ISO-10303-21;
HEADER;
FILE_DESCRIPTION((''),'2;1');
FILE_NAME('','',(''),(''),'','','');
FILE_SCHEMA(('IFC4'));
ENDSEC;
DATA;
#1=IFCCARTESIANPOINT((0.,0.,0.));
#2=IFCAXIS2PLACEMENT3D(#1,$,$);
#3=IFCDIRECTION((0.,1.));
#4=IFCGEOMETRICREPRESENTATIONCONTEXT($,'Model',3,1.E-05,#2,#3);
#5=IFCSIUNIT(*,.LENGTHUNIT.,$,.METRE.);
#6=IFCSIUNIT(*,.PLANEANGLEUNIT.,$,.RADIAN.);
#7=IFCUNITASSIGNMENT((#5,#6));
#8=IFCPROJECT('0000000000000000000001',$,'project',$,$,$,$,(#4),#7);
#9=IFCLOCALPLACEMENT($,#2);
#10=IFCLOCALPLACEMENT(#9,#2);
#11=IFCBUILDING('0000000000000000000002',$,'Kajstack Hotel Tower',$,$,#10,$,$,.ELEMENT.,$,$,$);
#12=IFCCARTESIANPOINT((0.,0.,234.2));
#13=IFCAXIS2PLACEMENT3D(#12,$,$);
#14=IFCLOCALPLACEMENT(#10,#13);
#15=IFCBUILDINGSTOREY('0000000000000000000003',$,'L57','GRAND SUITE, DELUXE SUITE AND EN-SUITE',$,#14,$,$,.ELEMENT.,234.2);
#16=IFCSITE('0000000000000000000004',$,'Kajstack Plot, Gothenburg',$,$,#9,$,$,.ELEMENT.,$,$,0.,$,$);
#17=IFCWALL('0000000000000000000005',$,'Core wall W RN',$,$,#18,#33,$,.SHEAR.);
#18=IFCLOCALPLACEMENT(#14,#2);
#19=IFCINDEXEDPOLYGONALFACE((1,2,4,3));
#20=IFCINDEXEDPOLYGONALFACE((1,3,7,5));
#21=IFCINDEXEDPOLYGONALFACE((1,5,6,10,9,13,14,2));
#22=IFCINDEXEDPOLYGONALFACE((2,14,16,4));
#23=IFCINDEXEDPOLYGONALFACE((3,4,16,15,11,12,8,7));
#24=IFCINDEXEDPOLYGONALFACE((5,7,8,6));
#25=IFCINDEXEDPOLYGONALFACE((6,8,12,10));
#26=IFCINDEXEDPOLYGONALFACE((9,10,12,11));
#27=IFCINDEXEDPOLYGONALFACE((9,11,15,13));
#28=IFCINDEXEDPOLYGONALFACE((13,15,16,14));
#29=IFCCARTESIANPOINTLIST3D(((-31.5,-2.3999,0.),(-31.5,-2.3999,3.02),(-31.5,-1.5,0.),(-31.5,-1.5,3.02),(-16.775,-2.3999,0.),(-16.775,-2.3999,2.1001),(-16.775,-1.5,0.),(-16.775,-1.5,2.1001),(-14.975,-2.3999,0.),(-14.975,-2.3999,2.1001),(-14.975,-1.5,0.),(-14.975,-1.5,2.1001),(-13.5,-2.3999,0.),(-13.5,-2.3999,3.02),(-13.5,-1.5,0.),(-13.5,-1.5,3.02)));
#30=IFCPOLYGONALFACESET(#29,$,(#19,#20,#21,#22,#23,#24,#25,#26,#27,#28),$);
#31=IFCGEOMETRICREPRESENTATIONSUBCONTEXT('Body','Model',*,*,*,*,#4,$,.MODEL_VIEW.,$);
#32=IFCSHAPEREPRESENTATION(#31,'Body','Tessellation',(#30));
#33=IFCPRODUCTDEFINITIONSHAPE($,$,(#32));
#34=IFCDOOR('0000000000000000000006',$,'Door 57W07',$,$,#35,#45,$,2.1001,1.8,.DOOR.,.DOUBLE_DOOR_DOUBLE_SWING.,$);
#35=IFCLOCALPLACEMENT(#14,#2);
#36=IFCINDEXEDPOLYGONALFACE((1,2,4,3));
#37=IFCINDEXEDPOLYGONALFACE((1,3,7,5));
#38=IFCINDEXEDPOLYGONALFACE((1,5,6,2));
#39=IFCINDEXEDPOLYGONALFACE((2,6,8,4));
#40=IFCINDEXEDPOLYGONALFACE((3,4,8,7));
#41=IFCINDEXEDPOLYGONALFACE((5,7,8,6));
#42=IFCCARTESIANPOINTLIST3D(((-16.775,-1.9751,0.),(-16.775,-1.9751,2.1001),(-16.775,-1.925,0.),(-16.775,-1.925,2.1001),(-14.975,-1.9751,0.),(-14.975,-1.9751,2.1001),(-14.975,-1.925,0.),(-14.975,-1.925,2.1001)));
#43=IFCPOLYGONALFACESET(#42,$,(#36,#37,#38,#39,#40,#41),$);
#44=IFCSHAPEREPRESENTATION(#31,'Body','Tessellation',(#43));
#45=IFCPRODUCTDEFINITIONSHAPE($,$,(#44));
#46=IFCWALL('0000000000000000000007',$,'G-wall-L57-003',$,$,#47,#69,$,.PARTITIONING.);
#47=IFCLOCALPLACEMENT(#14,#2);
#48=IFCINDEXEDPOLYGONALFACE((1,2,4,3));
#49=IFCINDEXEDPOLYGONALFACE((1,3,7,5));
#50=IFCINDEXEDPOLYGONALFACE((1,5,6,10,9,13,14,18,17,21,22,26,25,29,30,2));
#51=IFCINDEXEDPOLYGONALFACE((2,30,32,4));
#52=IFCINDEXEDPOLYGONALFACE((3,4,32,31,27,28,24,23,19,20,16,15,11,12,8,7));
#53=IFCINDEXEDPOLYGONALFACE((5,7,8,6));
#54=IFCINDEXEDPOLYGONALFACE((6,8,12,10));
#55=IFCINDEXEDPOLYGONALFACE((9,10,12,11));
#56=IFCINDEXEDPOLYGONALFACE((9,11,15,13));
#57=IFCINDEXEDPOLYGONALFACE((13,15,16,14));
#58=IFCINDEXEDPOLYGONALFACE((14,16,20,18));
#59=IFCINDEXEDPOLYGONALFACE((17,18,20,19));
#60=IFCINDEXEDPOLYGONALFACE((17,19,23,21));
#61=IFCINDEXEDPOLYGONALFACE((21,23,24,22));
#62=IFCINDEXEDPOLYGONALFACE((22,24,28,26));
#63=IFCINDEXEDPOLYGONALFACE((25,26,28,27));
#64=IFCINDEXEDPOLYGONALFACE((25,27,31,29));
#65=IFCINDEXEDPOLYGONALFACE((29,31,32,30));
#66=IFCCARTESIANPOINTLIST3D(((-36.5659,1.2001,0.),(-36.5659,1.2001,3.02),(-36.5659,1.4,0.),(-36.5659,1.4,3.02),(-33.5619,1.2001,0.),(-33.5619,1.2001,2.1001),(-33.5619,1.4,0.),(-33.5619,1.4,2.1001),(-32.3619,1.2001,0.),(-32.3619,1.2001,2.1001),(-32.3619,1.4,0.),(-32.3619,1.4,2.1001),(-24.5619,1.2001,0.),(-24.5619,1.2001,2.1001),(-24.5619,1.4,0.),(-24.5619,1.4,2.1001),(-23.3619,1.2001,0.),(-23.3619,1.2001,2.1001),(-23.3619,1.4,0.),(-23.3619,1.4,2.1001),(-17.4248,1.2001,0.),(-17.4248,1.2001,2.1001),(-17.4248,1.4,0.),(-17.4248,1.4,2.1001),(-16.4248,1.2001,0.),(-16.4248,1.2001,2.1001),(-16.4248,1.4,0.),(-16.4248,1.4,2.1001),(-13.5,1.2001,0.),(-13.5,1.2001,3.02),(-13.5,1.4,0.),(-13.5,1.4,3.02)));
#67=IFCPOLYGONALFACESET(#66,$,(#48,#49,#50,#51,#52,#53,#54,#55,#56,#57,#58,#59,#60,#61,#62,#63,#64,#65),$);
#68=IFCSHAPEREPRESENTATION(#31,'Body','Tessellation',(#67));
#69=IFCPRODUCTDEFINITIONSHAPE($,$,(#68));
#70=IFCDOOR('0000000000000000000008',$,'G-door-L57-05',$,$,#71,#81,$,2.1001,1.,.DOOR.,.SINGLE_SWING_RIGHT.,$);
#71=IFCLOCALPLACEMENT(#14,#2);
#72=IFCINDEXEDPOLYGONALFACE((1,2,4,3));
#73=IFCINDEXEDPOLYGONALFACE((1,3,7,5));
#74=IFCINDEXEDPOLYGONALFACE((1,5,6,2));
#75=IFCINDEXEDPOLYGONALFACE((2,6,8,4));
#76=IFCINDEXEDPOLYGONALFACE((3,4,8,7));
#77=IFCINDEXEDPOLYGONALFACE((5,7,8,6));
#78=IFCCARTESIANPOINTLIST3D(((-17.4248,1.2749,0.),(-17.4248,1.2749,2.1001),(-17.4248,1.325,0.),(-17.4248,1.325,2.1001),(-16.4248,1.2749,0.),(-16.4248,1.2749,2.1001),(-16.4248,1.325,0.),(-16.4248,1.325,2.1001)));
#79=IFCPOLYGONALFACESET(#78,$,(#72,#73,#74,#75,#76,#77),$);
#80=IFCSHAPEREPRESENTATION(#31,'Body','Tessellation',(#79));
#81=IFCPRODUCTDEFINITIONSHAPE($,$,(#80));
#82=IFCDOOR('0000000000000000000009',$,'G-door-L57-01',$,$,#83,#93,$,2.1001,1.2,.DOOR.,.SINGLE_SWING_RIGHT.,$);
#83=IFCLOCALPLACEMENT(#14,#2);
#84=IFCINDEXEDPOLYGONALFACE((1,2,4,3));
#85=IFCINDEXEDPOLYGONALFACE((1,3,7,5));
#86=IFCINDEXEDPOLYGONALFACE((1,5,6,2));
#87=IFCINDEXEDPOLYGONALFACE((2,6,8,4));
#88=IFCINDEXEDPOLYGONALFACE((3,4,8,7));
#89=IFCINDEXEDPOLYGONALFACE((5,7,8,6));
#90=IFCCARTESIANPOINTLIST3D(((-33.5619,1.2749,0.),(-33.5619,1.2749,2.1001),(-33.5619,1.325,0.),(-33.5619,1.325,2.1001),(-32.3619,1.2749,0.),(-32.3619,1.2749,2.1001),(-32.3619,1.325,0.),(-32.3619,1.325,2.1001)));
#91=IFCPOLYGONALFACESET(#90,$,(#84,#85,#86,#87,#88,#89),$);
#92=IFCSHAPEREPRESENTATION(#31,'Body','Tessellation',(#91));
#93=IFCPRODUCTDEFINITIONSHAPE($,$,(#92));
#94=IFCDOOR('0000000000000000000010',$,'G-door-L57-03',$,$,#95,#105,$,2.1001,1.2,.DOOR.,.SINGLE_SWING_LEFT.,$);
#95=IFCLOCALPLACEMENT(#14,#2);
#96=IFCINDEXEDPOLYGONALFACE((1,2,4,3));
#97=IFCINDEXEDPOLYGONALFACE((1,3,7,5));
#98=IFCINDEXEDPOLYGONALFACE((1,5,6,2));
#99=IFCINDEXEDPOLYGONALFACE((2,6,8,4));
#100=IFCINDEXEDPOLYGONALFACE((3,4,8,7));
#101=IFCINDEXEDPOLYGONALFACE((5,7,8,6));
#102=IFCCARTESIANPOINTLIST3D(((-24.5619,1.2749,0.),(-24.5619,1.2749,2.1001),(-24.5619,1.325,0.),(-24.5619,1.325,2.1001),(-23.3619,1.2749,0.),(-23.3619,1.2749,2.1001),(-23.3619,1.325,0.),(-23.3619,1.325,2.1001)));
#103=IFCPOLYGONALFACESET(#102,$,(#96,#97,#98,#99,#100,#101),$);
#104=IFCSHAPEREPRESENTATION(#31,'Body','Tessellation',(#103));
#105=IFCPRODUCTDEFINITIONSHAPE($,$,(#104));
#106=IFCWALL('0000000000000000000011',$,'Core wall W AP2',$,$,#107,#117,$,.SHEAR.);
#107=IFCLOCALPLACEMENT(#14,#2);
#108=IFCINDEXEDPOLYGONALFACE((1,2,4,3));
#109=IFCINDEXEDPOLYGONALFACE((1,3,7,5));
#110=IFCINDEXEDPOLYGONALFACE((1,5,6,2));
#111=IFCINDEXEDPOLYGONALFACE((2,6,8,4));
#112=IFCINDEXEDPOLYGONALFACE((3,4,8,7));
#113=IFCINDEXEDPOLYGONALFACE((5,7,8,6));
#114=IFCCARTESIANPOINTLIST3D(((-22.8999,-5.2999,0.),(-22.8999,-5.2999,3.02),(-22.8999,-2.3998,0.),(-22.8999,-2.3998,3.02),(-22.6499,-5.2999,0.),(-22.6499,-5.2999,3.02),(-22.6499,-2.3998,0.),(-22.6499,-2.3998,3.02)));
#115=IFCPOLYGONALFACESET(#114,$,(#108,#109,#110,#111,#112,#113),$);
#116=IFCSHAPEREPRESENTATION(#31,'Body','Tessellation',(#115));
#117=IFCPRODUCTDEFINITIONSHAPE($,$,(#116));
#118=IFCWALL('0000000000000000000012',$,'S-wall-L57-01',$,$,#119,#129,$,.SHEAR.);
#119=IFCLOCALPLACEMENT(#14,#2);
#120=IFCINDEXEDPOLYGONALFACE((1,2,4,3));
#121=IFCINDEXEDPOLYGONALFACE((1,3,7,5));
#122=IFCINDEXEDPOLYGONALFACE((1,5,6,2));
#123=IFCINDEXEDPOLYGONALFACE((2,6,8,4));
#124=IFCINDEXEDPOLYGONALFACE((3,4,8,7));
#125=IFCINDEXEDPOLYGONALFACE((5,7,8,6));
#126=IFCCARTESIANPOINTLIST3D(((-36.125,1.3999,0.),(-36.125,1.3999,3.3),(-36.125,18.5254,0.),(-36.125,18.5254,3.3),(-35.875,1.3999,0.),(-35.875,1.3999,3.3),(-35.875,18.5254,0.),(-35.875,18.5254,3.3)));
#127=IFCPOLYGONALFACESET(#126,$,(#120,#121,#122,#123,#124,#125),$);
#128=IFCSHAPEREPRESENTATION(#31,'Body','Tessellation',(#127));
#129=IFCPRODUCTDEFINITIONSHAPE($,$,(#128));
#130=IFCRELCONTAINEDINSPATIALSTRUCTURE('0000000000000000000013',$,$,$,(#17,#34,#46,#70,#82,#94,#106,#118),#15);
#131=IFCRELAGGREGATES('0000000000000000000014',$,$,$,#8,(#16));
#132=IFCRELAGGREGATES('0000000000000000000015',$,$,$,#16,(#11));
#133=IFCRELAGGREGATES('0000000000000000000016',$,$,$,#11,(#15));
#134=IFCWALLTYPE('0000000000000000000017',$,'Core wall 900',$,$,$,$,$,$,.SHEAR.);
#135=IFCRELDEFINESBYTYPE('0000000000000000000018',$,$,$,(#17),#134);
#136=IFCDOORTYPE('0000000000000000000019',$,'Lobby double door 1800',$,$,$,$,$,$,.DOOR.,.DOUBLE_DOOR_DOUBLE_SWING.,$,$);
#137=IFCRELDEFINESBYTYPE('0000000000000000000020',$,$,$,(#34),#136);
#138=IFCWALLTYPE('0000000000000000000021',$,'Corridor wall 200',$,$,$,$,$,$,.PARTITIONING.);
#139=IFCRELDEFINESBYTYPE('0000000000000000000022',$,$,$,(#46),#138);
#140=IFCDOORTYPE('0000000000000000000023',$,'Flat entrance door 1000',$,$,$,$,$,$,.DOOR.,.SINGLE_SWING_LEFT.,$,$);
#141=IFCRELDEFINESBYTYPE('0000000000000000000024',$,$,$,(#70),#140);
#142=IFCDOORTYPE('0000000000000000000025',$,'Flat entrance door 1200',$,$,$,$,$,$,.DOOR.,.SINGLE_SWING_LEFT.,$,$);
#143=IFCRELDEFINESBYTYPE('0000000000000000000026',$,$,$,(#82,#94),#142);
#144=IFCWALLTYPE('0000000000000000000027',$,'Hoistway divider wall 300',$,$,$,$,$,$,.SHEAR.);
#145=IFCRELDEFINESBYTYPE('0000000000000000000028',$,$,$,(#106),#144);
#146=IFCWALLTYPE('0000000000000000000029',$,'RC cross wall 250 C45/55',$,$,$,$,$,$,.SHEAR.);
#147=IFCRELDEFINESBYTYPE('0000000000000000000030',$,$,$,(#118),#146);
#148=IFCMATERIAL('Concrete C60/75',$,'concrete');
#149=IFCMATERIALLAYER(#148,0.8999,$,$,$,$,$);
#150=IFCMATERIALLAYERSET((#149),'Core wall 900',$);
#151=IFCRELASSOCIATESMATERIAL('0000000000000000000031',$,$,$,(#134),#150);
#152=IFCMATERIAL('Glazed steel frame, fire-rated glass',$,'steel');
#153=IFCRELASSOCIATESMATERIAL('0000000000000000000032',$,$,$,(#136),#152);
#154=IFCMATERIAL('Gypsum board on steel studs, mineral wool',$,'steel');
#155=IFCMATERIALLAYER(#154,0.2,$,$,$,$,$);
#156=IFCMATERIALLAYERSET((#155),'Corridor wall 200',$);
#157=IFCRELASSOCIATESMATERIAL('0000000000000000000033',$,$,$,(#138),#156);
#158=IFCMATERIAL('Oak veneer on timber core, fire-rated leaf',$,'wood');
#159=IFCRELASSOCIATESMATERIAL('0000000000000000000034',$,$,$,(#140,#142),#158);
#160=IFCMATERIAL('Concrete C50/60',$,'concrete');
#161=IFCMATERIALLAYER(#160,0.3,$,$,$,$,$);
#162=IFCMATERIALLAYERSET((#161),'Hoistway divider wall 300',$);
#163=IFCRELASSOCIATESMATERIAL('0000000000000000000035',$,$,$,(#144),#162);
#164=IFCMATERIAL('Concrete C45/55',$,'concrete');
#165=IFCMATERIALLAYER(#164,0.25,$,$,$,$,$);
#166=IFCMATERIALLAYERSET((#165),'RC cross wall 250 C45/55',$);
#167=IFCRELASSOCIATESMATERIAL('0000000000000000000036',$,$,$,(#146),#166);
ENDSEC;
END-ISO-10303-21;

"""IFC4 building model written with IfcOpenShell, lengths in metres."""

from ifc_helpers import new_model, si_unit, direction, frame, frame_2d, origin, place, context, subcontext, project, spatial, rectangle, extrude, material, layer, layer_set, type_object, element, fill, save


model = new_model("IFC4")

# Units and contexts
model_context = context("Model", 3, precision=1e-05, world=origin(), true_north=direction((0.0, 1.0)))
body_context = subcontext(model_context, "Body", "Model", "MODEL_VIEW")
ifc_project = project(units=[si_unit("LENGTHUNIT", "METRE"), si_unit("PLANEANGLEUNIT", "RADIAN")], contexts=[model_context])

# Site, building, storey
site_placement = place(None, origin())
site = spatial("IfcSite", under=ifc_project, at=site_placement, Name="Kajstack Plot, Gothenburg", CompositionType="ELEMENT", RefElevation=0.0)
building_placement = place(site_placement, origin())
building = spatial("IfcBuilding", under=site, at=building_placement, Name="Kajstack Hotel Tower", CompositionType="ELEMENT")
storey_placement = place(building_placement, frame((0.0, 0.0, 234.2)))
storey = spatial("IfcBuildingStorey", under=building, at=storey_placement, Name="L57", Description="GRAND SUITE, DELUXE SUITE AND EN-SUITE", CompositionType="ELEMENT", Elevation=234.2)

# Wall, opening, door
ifc_material_1 = material(Name="Concrete C60/75", Category="concrete")
ifc_layer_1 = layer(ifc_material_1, 0.8999)
ifc_layer_set_1 = layer_set([ifc_layer_1], Name="Core wall 900")
wall_type_1 = type_object("IfcWallType", Name="Core wall 900", PredefinedType="SHEAR", material=ifc_layer_set_1)
wall_1_placement = place(storey_placement, frame((-31.5, -1.95, 0.0), z_axis=(0.0, 0.0, 1.0), x_axis=(1.0, 0.0, 0.0)))
wall_1 = element("IfcWall", 1, at=wall_1_placement, inside=storey, type_object=wall_type_1, Name="Core wall W RN", PredefinedType="SHEAR", context=body_context, shape_type="SweptSolid", body=[
    extrude(rectangle(XDim=18.0, YDim=0.8999, at=frame_2d((9.0, 0.0))), origin(), (0.0, 0.0, 1.0), 3.02),
])
opening_1_placement = place(wall_1_placement, frame((14.7251, 0.0, 0.0)))
opening_1 = element("IfcOpeningElement", 2, at=opening_1_placement, cuts=wall_1, PredefinedType="OPENING", context=body_context, shape_type="SweptSolid", body=[
    extrude(rectangle(XDim=1.8, YDim=2.1001, at=frame_2d((0.8999, 1.05))), frame((0.0, 0.46, 0.0), z_axis=(0.0, -1.0, 0.0), x_axis=(1.0, 0.0, 0.0)), (0.0, 0.0, 1.0), 0.9199),
])
ifc_material_2 = material(Name="Glazed steel frame, fire-rated glass", Category="steel")
door_type_1 = type_object("IfcDoorType", Name="Lobby double door 1800", OperationType="DOUBLE_DOOR_DOUBLE_SWING", PredefinedType="DOOR", material=ifc_material_2)
door_1_placement = place(opening_1_placement, origin())
door_1 = element("IfcDoor", 3, at=door_1_placement, inside=storey, type_object=door_type_1, Name="Door 57W07", OperationType="DOUBLE_DOOR_DOUBLE_SWING", OverallHeight=2.1001, OverallWidth=1.8, PredefinedType="DOOR", context=body_context, shape_type="SweptSolid", body=[
    extrude(rectangle(XDim=1.8, YDim=2.1001, at=frame_2d((0.8999, 1.05))), frame((0.0, 0.0249, 0.0), z_axis=(0.0, -1.0, 0.0), x_axis=(1.0, 0.0, 0.0)), (0.0, 0.0, 1.0), 0.05),
])
fill(opening_1, door_1)

# Wall, openings, doors
ifc_material_3 = material(Name="Gypsum board on steel studs, mineral wool", Category="steel")
ifc_layer_2 = layer(ifc_material_3, 0.2)
ifc_layer_set_2 = layer_set([ifc_layer_2], Name="Corridor wall 200")
wall_type_2 = type_object("IfcWallType", Name="Corridor wall 200", PredefinedType="PARTITIONING", material=ifc_layer_set_2)
wall_2_placement = place(storey_placement, frame((-36.5659, 1.3, 0.0), z_axis=(0.0, 0.0, 1.0), x_axis=(1.0, 0.0, 0.0)))
wall_2 = element("IfcWall", 4, at=wall_2_placement, inside=storey, type_object=wall_type_2, Name="G-wall-L57-003", PredefinedType="PARTITIONING", context=body_context, shape_type="SweptSolid", body=[
    extrude(rectangle(XDim=23.0659, YDim=0.2, at=frame_2d((11.533, 0.0))), origin(), (0.0, 0.0, 1.0), 3.02),
])
opening_2_placement = place(wall_2_placement, frame((3.0039, 0.0, 0.0)))
opening_2 = element("IfcOpeningElement", 5, at=opening_2_placement, cuts=wall_2, PredefinedType="OPENING", context=body_context, shape_type="SweptSolid", body=[
    extrude(rectangle(XDim=1.2, YDim=2.1001, at=frame_2d((0.6001, 1.05))), frame((0.0, 0.1099, 0.0), z_axis=(0.0, -1.0, 0.0), x_axis=(1.0, 0.0, 0.0)), (0.0, 0.0, 1.0), 0.22),
])
opening_3_placement = place(wall_2_placement, frame((12.0039, 0.0, 0.0)))
opening_3 = element("IfcOpeningElement", 6, at=opening_3_placement, cuts=wall_2, PredefinedType="OPENING", context=body_context, shape_type="SweptSolid", body=[
    extrude(rectangle(XDim=1.2, YDim=2.1001, at=frame_2d((0.6001, 1.05))), frame((0.0, 0.1099, 0.0), z_axis=(0.0, -1.0, 0.0), x_axis=(1.0, 0.0, 0.0)), (0.0, 0.0, 1.0), 0.22),
])
opening_4_placement = place(wall_2_placement, frame((19.1411, 0.0, 0.0)))
opening_4 = element("IfcOpeningElement", 7, at=opening_4_placement, cuts=wall_2, PredefinedType="OPENING", context=body_context, shape_type="SweptSolid", body=[
    extrude(rectangle(XDim=1.0, YDim=2.1001, at=frame_2d((0.5, 1.05))), frame((0.0, 0.1099, 0.0), z_axis=(0.0, -1.0, 0.0), x_axis=(1.0, 0.0, 0.0)), (0.0, 0.0, 1.0), 0.22),
])
ifc_material_4 = material(Name="Oak veneer on timber core, fire-rated leaf", Category="wood")
door_type_2 = type_object("IfcDoorType", Name="Flat entrance door 1000", OperationType="SINGLE_SWING_LEFT", PredefinedType="DOOR", material=ifc_material_4)
door_2_placement = place(opening_4_placement, origin())
door_2 = element("IfcDoor", 8, at=door_2_placement, inside=storey, type_object=door_type_2, Name="G-door-L57-05", OperationType="SINGLE_SWING_RIGHT", OverallHeight=2.1001, OverallWidth=1.0, PredefinedType="DOOR", context=body_context, shape_type="SweptSolid", body=[
    extrude(rectangle(XDim=1.0, YDim=2.1001, at=frame_2d((0.5, 1.05))), frame((0.0, 0.0249, 0.0), z_axis=(0.0, -1.0, 0.0), x_axis=(1.0, 0.0, 0.0)), (0.0, 0.0, 1.0), 0.05),
])
fill(opening_4, door_2)
door_type_3 = type_object("IfcDoorType", Name="Flat entrance door 1200", OperationType="SINGLE_SWING_LEFT", PredefinedType="DOOR", material=ifc_material_4)
door_3_placement = place(opening_2_placement, origin())
door_3 = element("IfcDoor", 9, at=door_3_placement, inside=storey, type_object=door_type_3, Name="G-door-L57-01", OperationType="SINGLE_SWING_RIGHT", OverallHeight=2.1001, OverallWidth=1.2, PredefinedType="DOOR", context=body_context, shape_type="SweptSolid", body=[
    extrude(rectangle(XDim=1.2, YDim=2.1001, at=frame_2d((0.6001, 1.05))), frame((0.0, 0.0249, 0.0), z_axis=(0.0, -1.0, 0.0), x_axis=(1.0, 0.0, 0.0)), (0.0, 0.0, 1.0), 0.05),
])
fill(opening_2, door_3)
door_4_placement = place(opening_3_placement, origin())
door_4 = element("IfcDoor", 10, at=door_4_placement, inside=storey, type_object=door_type_3, Name="G-door-L57-03", OperationType="SINGLE_SWING_LEFT", OverallHeight=2.1001, OverallWidth=1.2, PredefinedType="DOOR", context=body_context, shape_type="SweptSolid", body=[
    extrude(rectangle(XDim=1.2, YDim=2.1001, at=frame_2d((0.6001, 1.05))), frame((0.0, 0.0249, 0.0), z_axis=(0.0, -1.0, 0.0), x_axis=(1.0, 0.0, 0.0)), (0.0, 0.0, 1.0), 0.05),
])
fill(opening_3, door_4)

# Walls
ifc_material_5 = material(Name="Concrete C50/60", Category="concrete")
ifc_layer_3 = layer(ifc_material_5, 0.3)
ifc_layer_set_3 = layer_set([ifc_layer_3], Name="Hoistway divider wall 300")
wall_type_3 = type_object("IfcWallType", Name="Hoistway divider wall 300", PredefinedType="SHEAR", material=ifc_layer_set_3)
wall_3_placement = place(storey_placement, frame((-22.7749, -5.3, 0.0), z_axis=(0.0, 0.0, 1.0), x_axis=(0.0, 1.0, 0.0)))
element("IfcWall", 11, at=wall_3_placement, inside=storey, type_object=wall_type_3, Name="Core wall W AP2", PredefinedType="SHEAR", context=body_context, shape_type="SweptSolid", body=[
    extrude(rectangle(XDim=2.9001, YDim=0.25, at=frame_2d((1.4502, 0.0))), origin(), (0.0, 0.0, 1.0), 3.02),
])
ifc_material_6 = material(Name="Concrete C45/55", Category="concrete")
ifc_layer_4 = layer(ifc_material_6, 0.25)
ifc_layer_set_4 = layer_set([ifc_layer_4], Name="RC cross wall 250 C45/55")
wall_type_4 = type_object("IfcWallType", Name="RC cross wall 250 C45/55", PredefinedType="SHEAR", material=ifc_layer_set_4)
wall_4_placement = place(storey_placement, frame((-36.0, 1.3999, 0.0), z_axis=(0.0, 0.0, 1.0), x_axis=(0.0, 1.0, 0.0)))
element("IfcWall", 12, at=wall_4_placement, inside=storey, type_object=wall_type_4, Name="S-wall-L57-01", PredefinedType="SHEAR", context=body_context, shape_type="SweptSolid", body=[
    extrude(rectangle(XDim=17.1255, YDim=0.25, at=frame_2d((8.5627, 0.0))), origin(), (0.0, 0.0, 1.0), 3.3),
])

save(model, "model.ifc")
